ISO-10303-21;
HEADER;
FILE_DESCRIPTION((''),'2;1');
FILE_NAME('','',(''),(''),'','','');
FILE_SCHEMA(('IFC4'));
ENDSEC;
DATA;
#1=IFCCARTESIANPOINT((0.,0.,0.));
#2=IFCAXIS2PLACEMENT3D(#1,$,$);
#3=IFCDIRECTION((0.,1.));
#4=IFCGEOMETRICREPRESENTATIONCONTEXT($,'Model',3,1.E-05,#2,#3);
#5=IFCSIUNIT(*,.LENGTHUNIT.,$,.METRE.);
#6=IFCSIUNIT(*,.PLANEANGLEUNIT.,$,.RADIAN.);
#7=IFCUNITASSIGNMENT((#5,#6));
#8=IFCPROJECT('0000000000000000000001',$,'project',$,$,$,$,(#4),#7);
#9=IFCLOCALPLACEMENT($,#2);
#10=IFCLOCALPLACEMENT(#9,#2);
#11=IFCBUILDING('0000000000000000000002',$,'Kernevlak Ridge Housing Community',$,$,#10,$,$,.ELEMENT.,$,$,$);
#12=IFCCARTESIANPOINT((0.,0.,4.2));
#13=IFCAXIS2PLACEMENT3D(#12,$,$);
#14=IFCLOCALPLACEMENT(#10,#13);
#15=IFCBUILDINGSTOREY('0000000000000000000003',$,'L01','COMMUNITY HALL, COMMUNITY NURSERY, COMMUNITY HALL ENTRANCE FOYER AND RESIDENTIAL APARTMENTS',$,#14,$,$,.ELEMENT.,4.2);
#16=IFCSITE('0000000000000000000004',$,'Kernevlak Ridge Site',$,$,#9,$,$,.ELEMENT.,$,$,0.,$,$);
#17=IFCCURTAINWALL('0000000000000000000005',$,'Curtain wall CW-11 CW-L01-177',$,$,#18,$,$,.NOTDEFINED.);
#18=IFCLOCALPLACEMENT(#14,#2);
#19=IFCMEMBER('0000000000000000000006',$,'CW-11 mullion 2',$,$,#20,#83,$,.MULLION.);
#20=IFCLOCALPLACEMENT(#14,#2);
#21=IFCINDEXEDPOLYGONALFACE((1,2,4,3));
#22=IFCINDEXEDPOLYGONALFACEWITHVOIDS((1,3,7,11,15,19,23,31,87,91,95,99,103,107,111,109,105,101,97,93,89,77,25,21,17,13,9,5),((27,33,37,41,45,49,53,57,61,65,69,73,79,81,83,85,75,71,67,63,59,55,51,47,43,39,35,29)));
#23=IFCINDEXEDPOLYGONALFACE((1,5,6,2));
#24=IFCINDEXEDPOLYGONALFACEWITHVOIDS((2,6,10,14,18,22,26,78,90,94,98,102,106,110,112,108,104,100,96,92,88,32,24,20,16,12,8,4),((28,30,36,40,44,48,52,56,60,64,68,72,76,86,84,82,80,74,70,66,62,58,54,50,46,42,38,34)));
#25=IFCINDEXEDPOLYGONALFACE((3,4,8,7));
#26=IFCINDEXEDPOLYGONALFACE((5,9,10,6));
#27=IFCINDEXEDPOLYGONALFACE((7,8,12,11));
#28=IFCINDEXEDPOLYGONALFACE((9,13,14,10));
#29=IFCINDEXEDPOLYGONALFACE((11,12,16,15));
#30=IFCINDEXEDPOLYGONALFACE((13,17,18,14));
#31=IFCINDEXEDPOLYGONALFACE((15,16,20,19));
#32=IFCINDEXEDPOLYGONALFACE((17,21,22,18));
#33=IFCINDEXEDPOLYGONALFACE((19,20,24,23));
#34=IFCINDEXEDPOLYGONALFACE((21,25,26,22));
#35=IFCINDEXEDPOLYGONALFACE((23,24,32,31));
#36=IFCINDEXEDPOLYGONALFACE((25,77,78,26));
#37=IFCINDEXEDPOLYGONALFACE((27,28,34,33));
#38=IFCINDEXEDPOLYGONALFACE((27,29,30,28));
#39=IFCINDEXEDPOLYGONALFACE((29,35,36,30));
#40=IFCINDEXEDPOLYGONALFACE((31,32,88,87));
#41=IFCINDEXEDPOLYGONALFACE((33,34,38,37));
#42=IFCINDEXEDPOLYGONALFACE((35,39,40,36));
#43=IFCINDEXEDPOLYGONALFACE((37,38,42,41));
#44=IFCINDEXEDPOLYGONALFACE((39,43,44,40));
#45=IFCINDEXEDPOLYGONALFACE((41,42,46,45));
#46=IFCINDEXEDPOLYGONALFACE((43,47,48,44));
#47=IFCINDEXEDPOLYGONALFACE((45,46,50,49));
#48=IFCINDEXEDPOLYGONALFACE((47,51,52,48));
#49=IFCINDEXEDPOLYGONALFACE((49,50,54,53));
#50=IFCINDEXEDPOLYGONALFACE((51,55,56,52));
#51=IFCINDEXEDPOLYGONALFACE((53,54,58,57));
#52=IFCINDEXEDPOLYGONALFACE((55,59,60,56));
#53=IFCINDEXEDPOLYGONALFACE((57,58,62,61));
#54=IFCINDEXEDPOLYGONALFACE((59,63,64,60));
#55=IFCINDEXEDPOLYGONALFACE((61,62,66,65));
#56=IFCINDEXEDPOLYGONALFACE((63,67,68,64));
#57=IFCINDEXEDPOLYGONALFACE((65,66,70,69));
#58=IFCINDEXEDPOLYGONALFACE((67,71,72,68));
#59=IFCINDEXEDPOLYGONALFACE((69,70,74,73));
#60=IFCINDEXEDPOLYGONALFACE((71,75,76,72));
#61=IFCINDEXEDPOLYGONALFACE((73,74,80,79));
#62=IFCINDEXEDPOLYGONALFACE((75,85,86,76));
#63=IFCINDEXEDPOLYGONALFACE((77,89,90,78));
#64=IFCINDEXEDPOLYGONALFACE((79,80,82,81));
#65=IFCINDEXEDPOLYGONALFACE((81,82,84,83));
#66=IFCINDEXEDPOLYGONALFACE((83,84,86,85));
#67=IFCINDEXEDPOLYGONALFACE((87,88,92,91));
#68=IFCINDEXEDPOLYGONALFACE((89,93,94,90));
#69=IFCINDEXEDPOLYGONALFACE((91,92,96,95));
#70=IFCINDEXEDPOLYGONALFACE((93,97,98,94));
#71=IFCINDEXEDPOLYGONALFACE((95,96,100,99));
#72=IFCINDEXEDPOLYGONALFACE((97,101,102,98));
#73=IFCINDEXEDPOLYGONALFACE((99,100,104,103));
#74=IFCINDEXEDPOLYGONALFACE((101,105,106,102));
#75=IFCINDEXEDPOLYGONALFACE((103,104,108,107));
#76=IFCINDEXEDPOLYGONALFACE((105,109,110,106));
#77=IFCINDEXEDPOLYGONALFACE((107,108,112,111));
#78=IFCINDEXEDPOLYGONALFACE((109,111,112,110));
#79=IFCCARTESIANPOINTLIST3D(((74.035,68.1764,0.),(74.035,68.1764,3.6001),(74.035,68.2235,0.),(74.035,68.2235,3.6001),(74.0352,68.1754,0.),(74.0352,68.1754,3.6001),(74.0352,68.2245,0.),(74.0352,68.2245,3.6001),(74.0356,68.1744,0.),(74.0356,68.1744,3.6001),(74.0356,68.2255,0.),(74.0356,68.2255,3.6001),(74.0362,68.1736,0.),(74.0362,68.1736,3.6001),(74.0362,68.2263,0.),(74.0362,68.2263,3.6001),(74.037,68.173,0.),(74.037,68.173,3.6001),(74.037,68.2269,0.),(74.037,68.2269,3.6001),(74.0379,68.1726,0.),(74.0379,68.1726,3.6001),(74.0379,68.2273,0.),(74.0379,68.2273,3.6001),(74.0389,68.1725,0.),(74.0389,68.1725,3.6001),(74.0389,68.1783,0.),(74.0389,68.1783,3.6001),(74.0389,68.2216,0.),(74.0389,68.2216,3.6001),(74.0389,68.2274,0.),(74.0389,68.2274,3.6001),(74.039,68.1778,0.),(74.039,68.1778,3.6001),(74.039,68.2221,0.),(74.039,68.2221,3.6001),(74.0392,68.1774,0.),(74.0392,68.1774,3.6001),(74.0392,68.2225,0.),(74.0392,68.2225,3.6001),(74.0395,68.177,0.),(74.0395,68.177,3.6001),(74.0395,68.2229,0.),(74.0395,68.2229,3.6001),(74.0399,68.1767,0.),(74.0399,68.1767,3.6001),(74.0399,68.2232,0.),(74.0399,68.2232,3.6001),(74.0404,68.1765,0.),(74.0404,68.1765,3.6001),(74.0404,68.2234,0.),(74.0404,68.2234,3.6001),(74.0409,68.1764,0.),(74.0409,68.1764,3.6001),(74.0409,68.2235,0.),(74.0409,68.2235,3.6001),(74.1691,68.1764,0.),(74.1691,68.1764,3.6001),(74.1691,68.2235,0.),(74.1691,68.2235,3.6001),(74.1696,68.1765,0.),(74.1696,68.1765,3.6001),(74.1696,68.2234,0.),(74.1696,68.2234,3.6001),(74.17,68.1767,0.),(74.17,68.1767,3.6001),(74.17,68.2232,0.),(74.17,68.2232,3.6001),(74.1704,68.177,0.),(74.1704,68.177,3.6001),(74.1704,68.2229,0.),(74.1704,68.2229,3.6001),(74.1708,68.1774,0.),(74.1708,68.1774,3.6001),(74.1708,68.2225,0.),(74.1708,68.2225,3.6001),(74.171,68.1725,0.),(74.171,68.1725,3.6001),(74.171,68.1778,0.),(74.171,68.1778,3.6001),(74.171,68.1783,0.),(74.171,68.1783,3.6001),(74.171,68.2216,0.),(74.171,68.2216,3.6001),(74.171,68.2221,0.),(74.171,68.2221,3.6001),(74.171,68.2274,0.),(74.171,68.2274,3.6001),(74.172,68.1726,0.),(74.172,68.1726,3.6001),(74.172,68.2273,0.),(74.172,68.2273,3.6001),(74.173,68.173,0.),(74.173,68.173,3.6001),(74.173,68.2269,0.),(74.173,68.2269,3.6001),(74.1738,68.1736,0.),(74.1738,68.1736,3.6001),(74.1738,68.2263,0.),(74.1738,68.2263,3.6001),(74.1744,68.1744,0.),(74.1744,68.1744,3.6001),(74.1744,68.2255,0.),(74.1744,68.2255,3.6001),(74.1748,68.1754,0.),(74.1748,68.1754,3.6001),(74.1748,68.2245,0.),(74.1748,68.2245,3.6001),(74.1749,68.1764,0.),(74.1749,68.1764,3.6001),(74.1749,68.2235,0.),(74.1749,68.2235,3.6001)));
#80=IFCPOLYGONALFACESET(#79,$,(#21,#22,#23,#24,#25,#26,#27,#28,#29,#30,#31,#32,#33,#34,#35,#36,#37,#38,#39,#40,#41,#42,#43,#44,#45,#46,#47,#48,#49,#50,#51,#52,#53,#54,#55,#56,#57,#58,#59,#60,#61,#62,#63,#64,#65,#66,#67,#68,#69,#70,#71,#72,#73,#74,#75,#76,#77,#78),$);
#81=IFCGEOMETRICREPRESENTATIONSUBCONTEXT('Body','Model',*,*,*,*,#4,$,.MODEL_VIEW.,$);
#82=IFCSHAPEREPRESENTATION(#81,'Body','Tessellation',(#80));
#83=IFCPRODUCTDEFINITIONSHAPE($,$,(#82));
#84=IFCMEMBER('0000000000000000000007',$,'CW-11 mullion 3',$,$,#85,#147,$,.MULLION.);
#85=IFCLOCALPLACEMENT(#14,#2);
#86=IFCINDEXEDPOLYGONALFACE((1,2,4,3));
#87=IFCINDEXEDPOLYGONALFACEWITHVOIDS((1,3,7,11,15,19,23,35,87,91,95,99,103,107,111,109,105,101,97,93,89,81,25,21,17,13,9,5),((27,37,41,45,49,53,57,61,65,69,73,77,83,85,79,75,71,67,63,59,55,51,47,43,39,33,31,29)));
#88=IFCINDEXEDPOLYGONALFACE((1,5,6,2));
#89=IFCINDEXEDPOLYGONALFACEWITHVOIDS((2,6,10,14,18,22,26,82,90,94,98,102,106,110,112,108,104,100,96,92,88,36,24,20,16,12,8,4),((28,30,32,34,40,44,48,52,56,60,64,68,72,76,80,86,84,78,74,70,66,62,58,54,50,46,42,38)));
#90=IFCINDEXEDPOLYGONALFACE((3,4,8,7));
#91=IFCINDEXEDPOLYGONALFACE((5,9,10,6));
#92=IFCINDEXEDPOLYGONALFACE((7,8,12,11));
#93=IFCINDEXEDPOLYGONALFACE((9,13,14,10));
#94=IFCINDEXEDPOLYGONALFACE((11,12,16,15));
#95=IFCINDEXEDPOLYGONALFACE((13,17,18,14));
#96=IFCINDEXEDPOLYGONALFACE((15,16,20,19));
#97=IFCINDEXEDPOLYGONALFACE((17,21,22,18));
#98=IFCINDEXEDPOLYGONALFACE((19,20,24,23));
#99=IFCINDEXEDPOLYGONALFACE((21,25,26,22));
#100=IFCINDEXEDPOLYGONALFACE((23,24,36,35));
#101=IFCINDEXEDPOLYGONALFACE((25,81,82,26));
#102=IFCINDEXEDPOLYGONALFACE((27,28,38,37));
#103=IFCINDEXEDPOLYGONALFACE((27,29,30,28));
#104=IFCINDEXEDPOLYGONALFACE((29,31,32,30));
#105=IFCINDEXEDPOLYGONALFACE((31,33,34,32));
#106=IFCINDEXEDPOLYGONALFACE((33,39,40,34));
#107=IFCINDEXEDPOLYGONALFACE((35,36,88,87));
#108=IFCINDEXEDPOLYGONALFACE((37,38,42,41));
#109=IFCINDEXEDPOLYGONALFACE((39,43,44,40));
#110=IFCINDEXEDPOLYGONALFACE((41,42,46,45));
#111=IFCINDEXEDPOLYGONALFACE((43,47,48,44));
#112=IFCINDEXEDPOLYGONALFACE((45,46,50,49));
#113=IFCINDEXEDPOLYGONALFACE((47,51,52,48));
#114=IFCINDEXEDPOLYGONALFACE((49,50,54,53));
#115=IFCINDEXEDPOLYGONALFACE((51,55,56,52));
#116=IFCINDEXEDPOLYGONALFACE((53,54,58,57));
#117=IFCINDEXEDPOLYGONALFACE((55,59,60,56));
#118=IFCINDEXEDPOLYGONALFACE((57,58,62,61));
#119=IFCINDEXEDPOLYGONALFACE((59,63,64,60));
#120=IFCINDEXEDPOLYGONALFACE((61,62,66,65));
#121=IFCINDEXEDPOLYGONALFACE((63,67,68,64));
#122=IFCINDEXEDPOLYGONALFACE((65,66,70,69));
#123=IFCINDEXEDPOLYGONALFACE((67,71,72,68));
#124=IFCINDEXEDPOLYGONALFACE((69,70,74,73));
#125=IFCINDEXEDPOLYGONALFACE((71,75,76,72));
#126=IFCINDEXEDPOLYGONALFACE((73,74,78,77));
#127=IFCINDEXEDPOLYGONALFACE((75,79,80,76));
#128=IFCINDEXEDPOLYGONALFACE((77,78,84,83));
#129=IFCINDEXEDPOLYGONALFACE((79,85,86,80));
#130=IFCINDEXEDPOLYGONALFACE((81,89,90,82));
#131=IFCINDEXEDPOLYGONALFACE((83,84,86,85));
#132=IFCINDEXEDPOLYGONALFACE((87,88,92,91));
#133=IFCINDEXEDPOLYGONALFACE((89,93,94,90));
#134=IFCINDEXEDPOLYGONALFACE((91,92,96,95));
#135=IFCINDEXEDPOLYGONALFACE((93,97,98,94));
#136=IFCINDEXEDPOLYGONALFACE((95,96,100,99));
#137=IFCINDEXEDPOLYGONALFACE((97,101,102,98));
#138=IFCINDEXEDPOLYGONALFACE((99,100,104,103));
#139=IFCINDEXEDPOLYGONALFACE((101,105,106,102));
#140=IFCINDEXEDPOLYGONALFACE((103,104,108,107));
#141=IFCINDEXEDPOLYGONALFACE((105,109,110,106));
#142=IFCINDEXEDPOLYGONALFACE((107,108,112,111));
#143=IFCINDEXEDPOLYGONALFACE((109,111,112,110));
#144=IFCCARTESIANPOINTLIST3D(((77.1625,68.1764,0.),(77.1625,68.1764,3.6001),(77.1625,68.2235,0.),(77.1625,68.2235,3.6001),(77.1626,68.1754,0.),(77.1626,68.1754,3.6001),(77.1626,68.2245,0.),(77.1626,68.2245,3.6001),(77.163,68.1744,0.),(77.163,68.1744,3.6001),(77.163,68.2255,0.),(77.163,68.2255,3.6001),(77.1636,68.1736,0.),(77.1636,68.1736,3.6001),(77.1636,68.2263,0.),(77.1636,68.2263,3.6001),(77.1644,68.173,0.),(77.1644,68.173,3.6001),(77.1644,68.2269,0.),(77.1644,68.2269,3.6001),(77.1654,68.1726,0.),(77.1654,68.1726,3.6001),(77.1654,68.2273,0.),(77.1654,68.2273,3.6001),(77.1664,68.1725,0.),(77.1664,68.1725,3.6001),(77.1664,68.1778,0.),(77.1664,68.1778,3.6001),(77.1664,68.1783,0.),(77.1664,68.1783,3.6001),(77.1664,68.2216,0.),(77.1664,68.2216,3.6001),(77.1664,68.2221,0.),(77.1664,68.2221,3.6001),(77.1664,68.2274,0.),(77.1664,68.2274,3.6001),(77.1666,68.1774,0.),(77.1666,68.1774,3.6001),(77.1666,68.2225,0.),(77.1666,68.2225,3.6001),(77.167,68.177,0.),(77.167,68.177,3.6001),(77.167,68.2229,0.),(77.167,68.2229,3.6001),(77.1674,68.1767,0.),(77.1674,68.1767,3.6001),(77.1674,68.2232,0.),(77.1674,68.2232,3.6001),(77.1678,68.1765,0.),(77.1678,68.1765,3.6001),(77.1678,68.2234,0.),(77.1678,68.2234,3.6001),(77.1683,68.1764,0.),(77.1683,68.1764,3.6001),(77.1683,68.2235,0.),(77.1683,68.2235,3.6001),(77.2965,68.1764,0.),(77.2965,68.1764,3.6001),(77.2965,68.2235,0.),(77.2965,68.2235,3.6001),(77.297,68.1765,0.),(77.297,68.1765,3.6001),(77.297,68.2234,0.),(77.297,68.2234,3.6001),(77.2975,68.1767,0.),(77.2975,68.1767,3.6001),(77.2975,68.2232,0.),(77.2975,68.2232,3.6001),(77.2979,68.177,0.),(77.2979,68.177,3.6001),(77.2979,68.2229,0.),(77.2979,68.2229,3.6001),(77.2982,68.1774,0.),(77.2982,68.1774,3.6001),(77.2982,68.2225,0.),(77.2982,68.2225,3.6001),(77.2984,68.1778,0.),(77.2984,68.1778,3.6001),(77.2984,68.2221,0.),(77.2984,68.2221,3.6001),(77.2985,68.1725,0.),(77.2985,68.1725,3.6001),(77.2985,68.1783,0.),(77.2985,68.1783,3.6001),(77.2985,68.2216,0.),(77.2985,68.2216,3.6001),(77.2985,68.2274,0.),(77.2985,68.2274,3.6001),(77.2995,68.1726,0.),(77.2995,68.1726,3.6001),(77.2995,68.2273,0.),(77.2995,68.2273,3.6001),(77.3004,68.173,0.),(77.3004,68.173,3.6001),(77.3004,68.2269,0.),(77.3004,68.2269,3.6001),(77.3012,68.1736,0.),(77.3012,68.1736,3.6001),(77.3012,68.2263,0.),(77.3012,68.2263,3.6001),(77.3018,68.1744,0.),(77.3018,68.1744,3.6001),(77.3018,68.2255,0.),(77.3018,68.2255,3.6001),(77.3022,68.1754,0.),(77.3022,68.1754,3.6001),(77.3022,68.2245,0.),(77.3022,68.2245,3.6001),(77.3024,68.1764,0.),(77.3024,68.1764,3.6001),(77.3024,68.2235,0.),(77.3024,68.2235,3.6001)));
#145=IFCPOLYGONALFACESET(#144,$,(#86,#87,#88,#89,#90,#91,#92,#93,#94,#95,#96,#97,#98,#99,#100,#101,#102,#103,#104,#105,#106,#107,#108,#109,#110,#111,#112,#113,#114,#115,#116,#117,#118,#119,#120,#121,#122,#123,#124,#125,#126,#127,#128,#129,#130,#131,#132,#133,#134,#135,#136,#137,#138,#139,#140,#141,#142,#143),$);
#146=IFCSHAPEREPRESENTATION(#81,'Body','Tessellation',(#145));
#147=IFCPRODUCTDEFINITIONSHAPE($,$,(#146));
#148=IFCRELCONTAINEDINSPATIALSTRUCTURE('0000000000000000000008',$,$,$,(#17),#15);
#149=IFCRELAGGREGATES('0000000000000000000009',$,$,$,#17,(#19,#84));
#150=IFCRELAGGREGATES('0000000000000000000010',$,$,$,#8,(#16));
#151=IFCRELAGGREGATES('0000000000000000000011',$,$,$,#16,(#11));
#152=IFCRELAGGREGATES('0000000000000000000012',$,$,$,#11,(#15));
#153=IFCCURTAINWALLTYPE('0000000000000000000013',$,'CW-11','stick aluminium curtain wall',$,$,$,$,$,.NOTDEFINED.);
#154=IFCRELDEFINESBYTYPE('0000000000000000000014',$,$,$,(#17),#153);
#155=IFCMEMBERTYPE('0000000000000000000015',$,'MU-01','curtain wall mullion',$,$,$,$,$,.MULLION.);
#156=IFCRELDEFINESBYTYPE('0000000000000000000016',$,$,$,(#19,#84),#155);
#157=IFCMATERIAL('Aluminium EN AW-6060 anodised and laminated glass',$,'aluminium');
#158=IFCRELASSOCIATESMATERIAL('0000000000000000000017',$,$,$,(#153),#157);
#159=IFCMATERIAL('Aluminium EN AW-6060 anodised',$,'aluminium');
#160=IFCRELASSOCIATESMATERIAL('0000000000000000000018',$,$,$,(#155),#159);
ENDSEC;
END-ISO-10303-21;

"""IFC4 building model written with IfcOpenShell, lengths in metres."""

from ifc_helpers import new_model, si_unit, direction, frame, origin, origin_2d, place, context, subcontext, project, spatial, hollow_rectangle, extrude, material, material_profile, profile_set, type_object, element, aggregate, save


model = new_model("IFC4")

# Units and contexts
model_context = context("Model", 3, precision=1e-05, world=origin(), true_north=direction((0.0, 1.0)))
body_context = subcontext(model_context, "Body", "Model", "MODEL_VIEW")
ifc_project = project(units=[si_unit("LENGTHUNIT", "METRE"), si_unit("PLANEANGLEUNIT", "RADIAN")], contexts=[model_context])

# Site, building, storey
site_placement = place(None, origin())
site = spatial("IfcSite", under=ifc_project, at=site_placement, Name="Kernevlak Ridge Site", CompositionType="ELEMENT", RefElevation=0.0)
building_placement = place(site_placement, origin())
building = spatial("IfcBuilding", under=site, at=building_placement, Name="Kernevlak Ridge Housing Community", CompositionType="ELEMENT")
storey_placement = place(building_placement, frame((0.0, 0.0, 4.2)))
storey = spatial("IfcBuildingStorey", under=building, at=storey_placement, Name="L01", Description="COMMUNITY HALL, COMMUNITY NURSERY, COMMUNITY HALL ENTRANCE FOYER AND RESIDENTIAL APARTMENTS", CompositionType="ELEMENT", Elevation=4.2)

# Curtain wall, members
ifc_material_1 = material(Name="Aluminium EN AW-6060 anodised and laminated glass", Category="aluminium")
curtain_wall_type_1 = type_object("IfcCurtainWallType", Name="CW-11", Description="stick aluminium curtain wall", PredefinedType="NOTDEFINED", material=ifc_material_1)
curtain_wall_1_placement = place(storey_placement, origin())
curtain_wall_1 = element("IfcCurtainWall", 1, at=curtain_wall_1_placement, inside=storey, type_object=curtain_wall_type_1, Name="Curtain wall CW-11 CW-L01-177", PredefinedType="NOTDEFINED")
ifc_material_2 = material(Name="Aluminium EN AW-6060 anodised", Category="aluminium")
ifc_material_profile_1 = material_profile(ifc_material_2, hollow_rectangle(XDim=0.0549, YDim=0.1399, WallThickness=0.0039, InnerFilletRadius=0.002, OuterFilletRadius=0.0039, at=origin_2d()), Name="ALU 55x140x4")
ifc_profile_set_1 = profile_set([ifc_material_profile_1], Name="Aluminium EN AW-6060 anodised")
member_type_1 = type_object("IfcMemberType", Name="MU-01", Description="curtain wall mullion", PredefinedType="MULLION", material=ifc_profile_set_1)
member_1_placement = place(storey_placement, frame((74.105, 68.2, 0.0), z_axis=(0.0, 0.0, 1.0), x_axis=(0.0, 1.0, 0.0)))
member_1 = element("IfcMember", 2, at=member_1_placement, type_object=member_type_1, Name="CW-11 mullion 2", PredefinedType="MULLION", context=body_context, shape_type="SweptSolid", body=[
    extrude(hollow_rectangle(XDim=0.0549, YDim=0.1399, WallThickness=0.0039, InnerFilletRadius=0.002, OuterFilletRadius=0.0039, at=origin_2d()), origin(), (0.0, 0.0, 1.0), 3.6001),
])
member_2_placement = place(storey_placement, frame((77.2324, 68.2, 0.0), z_axis=(0.0, 0.0, 1.0), x_axis=(0.0, 1.0, 0.0)))
member_2 = element("IfcMember", 3, at=member_2_placement, type_object=member_type_1, Name="CW-11 mullion 3", PredefinedType="MULLION", context=body_context, shape_type="SweptSolid", body=[
    extrude(hollow_rectangle(XDim=0.0549, YDim=0.1399, WallThickness=0.0039, InnerFilletRadius=0.002, OuterFilletRadius=0.0039, at=origin_2d()), origin(), (0.0, 0.0, 1.0), 3.6001),
])

aggregate(curtain_wall_1, [member_1, member_2])

save(model, "model.ifc")
